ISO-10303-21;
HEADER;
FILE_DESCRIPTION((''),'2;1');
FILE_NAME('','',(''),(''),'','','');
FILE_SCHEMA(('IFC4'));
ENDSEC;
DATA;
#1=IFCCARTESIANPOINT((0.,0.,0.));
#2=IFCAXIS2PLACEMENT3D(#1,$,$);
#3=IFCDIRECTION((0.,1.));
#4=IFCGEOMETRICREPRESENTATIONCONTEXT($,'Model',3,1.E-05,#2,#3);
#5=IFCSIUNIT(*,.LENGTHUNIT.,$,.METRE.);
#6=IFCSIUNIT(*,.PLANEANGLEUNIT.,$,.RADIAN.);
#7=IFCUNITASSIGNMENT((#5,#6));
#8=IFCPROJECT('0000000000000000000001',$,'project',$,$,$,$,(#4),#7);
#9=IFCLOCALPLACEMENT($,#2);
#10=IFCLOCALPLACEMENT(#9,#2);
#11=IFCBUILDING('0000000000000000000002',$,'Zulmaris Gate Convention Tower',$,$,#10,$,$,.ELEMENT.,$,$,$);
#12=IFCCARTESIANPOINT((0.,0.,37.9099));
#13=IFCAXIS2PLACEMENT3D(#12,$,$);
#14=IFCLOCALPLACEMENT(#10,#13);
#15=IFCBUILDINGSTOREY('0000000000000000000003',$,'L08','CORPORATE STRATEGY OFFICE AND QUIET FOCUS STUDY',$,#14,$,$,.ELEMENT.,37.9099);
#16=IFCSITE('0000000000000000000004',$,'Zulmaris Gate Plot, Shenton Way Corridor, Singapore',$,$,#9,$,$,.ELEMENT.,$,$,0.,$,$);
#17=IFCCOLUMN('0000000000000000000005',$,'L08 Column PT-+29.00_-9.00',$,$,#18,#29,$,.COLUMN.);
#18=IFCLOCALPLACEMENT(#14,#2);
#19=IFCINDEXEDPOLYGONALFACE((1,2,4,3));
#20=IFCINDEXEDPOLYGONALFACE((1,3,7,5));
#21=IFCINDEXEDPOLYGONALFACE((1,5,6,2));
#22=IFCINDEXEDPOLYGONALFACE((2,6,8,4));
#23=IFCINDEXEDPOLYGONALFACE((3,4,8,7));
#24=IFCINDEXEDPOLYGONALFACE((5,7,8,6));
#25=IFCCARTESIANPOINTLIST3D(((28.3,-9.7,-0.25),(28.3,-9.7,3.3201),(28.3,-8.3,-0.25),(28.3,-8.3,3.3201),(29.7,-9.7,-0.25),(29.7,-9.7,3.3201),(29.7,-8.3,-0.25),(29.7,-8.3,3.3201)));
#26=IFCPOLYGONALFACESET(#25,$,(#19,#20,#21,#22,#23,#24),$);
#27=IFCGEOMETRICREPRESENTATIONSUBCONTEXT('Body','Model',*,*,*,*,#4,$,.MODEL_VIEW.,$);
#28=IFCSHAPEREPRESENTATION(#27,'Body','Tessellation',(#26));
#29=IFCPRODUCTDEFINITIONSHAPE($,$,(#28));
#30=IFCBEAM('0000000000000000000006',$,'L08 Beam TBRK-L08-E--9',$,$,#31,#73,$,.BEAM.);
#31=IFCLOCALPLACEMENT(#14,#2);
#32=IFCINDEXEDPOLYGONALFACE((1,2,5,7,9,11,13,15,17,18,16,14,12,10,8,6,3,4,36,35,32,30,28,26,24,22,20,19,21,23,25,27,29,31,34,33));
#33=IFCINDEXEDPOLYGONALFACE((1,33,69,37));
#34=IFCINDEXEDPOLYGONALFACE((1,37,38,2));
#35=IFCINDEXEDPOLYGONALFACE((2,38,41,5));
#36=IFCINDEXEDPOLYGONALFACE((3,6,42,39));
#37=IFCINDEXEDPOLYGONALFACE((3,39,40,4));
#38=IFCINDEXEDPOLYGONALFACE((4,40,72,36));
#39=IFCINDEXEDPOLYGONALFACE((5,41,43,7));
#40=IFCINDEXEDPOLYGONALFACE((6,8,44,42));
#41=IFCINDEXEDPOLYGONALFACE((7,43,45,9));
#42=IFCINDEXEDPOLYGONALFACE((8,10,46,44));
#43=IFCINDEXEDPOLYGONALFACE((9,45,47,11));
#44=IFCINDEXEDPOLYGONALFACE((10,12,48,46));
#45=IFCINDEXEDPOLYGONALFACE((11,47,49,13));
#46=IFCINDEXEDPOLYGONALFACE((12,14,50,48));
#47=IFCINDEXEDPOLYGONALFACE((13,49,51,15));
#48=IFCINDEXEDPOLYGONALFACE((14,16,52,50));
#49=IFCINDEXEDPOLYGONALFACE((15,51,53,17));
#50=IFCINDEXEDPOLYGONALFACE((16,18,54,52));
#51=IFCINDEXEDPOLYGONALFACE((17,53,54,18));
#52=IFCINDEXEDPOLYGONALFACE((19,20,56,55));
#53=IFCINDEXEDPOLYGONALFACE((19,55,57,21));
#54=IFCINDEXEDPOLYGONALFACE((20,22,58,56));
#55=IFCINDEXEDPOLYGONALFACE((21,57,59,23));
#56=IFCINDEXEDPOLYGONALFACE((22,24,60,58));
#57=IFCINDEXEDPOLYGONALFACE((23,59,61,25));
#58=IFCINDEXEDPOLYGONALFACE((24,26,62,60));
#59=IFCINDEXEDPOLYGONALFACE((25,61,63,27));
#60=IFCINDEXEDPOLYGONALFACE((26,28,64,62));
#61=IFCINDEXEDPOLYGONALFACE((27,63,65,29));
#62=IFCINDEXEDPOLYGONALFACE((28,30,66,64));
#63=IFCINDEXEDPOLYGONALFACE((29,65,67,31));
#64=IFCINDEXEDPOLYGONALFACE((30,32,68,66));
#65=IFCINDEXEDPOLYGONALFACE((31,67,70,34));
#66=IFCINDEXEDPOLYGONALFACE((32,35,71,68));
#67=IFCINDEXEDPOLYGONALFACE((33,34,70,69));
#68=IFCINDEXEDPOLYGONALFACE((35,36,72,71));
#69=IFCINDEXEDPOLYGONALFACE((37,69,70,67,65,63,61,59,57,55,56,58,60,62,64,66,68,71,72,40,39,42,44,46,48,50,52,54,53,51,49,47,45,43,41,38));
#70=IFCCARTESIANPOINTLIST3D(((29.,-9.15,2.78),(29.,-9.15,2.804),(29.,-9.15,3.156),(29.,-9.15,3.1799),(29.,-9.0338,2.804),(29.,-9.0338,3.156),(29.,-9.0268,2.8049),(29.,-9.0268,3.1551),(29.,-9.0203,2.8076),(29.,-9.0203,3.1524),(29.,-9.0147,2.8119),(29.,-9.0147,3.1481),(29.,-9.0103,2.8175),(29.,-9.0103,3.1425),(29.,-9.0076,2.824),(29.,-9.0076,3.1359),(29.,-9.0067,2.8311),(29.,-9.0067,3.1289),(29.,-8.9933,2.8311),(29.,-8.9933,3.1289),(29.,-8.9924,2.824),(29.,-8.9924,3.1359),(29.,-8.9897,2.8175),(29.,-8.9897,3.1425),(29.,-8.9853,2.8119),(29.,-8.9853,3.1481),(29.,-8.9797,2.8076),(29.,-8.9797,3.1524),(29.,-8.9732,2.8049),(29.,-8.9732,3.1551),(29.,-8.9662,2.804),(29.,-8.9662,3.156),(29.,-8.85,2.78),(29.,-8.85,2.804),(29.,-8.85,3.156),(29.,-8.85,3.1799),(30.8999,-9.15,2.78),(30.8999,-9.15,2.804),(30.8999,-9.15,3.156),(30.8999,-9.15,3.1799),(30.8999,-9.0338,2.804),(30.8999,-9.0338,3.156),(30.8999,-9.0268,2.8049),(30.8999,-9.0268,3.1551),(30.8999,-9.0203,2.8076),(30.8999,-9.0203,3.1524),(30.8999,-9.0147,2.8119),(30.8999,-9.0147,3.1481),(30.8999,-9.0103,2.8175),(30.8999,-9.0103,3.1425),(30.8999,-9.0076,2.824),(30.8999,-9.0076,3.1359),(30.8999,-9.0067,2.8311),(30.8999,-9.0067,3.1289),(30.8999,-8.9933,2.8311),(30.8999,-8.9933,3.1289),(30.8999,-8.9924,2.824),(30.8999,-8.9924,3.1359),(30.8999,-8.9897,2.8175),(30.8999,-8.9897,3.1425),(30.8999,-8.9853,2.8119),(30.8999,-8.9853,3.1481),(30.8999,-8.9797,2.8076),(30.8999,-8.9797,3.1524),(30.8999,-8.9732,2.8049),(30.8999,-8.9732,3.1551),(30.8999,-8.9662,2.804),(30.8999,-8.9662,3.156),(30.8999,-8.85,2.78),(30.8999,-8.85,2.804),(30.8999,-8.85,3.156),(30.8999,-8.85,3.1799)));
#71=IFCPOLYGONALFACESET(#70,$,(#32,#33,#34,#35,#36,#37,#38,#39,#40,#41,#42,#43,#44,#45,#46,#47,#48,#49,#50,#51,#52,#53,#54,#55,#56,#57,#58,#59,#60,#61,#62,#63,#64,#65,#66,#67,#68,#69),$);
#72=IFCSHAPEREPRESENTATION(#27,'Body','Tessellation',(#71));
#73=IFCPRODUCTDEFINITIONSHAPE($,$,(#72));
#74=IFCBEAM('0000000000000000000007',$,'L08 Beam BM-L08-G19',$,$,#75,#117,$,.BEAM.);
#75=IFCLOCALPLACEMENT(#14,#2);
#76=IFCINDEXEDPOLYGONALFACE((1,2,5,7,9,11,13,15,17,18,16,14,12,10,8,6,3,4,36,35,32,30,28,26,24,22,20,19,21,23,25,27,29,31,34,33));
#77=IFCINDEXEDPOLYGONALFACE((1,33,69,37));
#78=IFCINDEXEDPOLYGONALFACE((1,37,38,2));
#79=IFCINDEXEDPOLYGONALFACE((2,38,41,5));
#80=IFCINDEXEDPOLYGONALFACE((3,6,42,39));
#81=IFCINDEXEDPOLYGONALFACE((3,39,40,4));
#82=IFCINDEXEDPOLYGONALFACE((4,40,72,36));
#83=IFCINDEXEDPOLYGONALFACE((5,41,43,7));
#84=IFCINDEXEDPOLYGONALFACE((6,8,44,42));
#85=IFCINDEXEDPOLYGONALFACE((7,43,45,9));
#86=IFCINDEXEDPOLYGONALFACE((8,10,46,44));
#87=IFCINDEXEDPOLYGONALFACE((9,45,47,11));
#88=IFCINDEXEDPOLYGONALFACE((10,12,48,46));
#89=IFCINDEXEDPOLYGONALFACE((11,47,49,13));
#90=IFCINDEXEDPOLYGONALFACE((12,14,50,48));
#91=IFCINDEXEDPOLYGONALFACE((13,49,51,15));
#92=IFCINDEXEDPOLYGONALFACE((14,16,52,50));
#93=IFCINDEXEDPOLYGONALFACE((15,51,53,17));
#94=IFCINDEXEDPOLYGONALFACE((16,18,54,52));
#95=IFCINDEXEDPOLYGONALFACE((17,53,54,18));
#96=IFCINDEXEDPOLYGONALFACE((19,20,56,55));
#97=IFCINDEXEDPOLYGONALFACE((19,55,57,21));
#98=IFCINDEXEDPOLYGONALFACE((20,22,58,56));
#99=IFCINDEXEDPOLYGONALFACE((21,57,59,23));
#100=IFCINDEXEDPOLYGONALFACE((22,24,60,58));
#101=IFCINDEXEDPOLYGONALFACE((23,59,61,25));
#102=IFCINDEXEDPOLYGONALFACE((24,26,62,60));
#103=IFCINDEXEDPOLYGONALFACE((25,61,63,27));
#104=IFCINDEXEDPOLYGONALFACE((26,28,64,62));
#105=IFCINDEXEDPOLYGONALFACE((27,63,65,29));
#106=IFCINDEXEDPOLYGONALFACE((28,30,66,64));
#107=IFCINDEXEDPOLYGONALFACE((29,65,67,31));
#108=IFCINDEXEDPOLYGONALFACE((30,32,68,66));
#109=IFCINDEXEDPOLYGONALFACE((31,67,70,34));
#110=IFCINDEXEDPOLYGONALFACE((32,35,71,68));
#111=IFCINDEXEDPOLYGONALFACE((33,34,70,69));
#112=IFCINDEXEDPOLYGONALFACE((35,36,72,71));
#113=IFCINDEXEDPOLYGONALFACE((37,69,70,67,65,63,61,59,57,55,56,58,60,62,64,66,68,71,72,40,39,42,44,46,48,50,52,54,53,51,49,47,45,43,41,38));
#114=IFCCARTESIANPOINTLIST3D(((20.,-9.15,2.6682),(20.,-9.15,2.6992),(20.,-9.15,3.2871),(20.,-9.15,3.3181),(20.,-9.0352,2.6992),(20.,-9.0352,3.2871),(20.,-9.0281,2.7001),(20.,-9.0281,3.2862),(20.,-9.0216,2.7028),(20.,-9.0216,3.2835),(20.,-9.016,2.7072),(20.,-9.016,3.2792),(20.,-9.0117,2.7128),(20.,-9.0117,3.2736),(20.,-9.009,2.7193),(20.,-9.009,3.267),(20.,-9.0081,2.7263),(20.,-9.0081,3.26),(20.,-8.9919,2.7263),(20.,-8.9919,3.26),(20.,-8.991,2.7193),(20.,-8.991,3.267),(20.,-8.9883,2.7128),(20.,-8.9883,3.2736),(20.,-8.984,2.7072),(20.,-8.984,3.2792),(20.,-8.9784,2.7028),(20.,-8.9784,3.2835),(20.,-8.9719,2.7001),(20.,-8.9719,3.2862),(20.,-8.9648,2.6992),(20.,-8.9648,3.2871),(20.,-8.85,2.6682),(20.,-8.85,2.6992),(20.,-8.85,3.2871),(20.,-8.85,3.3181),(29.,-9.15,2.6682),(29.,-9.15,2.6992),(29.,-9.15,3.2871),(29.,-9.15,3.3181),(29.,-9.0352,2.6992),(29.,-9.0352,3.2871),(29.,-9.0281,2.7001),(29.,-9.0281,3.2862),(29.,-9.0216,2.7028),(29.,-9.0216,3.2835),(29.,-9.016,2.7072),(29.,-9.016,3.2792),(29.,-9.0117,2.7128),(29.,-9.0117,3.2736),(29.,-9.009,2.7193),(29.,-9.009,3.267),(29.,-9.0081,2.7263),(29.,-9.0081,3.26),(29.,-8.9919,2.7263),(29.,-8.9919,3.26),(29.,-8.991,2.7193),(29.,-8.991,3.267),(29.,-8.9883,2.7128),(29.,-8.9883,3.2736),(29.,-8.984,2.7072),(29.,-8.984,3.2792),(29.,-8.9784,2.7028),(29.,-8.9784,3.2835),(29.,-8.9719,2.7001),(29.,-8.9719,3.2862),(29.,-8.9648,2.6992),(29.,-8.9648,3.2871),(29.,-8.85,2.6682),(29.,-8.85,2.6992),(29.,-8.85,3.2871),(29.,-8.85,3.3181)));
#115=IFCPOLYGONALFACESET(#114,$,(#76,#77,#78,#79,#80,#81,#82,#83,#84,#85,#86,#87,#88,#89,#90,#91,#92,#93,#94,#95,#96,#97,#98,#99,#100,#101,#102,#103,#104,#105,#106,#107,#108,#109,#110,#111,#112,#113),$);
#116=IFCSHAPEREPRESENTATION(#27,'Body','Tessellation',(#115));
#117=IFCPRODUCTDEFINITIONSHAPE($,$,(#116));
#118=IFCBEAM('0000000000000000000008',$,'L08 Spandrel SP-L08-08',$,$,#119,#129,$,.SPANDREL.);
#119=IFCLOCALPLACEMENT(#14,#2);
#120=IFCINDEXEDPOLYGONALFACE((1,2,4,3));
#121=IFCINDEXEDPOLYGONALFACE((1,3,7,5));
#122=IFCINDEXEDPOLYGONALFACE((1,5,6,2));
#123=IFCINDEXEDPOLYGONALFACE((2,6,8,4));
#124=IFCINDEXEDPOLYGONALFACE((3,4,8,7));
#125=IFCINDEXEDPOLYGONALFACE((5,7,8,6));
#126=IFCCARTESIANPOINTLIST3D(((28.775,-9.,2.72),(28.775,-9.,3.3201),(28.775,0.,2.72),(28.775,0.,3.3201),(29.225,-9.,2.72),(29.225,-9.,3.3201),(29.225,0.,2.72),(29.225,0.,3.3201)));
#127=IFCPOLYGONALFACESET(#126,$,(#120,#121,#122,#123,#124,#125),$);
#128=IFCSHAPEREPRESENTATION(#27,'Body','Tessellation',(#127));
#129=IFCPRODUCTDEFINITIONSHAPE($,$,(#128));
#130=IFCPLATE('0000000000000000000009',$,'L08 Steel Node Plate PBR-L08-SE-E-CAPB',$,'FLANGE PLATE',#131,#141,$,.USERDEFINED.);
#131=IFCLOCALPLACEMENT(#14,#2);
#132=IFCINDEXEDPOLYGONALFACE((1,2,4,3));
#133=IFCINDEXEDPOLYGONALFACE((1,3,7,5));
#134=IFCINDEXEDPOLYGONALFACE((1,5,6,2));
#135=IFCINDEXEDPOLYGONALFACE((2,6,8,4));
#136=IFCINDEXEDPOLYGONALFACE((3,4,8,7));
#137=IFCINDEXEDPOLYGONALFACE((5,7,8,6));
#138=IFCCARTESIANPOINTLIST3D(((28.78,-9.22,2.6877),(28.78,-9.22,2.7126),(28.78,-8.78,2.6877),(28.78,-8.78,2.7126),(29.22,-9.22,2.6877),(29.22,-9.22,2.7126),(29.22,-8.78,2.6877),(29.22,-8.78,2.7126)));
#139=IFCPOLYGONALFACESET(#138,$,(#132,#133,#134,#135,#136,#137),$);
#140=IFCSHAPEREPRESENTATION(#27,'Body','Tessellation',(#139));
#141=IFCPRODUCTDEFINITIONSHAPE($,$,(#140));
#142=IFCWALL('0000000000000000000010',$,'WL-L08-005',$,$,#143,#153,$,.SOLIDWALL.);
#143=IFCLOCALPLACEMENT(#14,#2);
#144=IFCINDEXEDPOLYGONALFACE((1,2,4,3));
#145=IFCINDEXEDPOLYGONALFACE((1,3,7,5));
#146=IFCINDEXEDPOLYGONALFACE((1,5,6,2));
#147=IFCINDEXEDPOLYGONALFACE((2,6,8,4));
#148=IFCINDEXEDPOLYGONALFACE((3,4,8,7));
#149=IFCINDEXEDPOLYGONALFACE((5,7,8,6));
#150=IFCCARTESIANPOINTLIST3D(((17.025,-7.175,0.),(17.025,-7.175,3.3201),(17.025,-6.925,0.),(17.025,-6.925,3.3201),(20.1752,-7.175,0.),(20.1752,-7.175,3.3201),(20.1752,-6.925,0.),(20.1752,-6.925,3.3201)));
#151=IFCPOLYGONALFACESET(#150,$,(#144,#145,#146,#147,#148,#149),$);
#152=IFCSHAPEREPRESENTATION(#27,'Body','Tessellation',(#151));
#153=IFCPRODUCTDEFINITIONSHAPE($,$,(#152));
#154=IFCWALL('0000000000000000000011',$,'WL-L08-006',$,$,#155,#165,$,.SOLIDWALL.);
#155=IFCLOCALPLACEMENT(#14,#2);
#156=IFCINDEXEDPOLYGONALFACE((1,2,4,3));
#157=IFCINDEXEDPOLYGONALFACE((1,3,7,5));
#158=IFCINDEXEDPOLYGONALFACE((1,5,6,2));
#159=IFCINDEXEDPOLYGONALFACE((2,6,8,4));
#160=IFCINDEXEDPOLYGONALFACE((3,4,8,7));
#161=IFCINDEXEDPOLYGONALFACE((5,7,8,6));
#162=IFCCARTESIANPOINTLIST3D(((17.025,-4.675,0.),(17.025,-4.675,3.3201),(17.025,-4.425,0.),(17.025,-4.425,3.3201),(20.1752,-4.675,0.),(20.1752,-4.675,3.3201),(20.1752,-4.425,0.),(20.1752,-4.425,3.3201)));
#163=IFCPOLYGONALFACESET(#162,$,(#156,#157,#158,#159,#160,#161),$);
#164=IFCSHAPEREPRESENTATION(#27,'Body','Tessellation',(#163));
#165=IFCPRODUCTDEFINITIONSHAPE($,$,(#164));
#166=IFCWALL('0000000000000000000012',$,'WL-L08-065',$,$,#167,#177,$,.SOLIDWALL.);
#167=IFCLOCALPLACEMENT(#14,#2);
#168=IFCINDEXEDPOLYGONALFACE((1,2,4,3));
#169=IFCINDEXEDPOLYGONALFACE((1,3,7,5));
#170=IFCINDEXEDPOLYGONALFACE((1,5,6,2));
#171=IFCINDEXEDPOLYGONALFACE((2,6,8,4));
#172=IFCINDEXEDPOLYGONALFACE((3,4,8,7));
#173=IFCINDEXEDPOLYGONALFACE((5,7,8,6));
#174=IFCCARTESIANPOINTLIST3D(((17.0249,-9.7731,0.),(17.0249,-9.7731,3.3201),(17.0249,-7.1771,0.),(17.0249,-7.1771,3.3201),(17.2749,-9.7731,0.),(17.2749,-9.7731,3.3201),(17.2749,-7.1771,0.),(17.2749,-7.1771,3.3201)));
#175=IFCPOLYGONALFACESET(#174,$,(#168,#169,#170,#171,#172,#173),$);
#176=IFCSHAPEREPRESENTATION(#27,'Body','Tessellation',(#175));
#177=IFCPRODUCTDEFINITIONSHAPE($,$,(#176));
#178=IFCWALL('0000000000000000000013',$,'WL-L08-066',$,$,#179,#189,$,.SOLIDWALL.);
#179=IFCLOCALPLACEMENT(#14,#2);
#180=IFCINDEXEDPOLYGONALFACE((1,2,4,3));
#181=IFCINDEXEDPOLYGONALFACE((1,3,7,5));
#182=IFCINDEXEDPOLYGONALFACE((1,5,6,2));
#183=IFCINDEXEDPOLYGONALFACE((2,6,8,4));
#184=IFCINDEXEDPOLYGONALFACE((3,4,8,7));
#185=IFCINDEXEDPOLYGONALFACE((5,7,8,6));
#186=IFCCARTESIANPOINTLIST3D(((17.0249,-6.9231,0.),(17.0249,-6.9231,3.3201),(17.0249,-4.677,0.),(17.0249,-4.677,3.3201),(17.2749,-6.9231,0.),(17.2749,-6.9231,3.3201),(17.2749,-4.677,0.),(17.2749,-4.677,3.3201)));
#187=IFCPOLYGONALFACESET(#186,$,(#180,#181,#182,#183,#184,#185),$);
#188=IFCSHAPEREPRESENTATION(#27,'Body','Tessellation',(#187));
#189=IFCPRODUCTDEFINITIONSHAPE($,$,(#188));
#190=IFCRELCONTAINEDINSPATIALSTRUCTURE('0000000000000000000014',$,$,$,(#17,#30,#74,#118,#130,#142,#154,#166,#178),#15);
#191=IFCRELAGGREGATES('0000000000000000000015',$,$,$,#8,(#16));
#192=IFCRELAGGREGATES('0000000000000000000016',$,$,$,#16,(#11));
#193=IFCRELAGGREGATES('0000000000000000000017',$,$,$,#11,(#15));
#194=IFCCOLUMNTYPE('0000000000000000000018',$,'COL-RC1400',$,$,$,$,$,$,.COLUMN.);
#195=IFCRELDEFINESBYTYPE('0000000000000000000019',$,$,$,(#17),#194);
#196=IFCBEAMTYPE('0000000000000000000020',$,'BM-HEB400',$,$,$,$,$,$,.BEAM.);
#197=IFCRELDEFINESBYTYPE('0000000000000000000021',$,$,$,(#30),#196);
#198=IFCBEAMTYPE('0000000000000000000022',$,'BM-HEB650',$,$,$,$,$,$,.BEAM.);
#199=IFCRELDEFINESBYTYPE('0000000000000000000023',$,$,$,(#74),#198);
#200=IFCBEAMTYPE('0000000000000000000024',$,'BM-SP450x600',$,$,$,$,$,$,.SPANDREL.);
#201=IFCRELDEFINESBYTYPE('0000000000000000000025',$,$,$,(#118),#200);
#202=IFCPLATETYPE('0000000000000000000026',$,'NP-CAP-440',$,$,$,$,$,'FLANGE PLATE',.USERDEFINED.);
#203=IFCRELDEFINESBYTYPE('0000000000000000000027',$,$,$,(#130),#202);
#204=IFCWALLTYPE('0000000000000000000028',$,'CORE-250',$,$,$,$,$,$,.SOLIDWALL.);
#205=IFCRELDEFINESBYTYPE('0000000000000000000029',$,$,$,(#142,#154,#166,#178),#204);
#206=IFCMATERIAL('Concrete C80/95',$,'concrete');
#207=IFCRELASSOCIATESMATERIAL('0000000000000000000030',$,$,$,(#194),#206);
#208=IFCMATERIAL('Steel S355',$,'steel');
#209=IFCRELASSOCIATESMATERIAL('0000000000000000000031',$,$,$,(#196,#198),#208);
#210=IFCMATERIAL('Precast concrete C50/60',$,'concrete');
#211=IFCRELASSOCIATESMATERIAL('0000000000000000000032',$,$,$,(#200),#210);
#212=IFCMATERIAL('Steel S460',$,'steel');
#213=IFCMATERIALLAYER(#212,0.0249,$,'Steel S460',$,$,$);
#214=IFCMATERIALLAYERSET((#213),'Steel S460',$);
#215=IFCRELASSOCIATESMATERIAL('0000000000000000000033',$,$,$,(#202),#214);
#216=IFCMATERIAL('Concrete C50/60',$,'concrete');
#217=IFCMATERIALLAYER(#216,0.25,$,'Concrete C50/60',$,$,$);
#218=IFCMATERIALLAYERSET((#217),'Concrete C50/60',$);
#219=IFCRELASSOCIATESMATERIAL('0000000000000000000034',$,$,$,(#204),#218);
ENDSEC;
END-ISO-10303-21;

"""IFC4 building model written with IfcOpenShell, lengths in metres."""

from ifc_helpers import new_model, si_unit, direction, frame, frame_2d, origin, origin_2d, place, context, subcontext, project, spatial, rectangle, i_section, extrude, material, layer, layer_set, material_profile, profile_set, type_object, element, save


model = new_model("IFC4")

# Units and contexts
model_context = context("Model", 3, precision=1e-05, world=origin(), true_north=direction((0.0, 1.0)))
body_context = subcontext(model_context, "Body", "Model", "MODEL_VIEW")
ifc_project = project(units=[si_unit("LENGTHUNIT", "METRE"), si_unit("PLANEANGLEUNIT", "RADIAN")], contexts=[model_context])

# Site, building, storey
site_placement = place(None, origin())
site = spatial("IfcSite", under=ifc_project, at=site_placement, Name="Zulmaris Gate Plot, Shenton Way Corridor, Singapore", CompositionType="ELEMENT", RefElevation=0.0)
building_placement = place(site_placement, origin())
building = spatial("IfcBuilding", under=site, at=building_placement, Name="Zulmaris Gate Convention Tower", CompositionType="ELEMENT")
storey_placement = place(building_placement, frame((0.0, 0.0, 37.9099)))
storey = spatial("IfcBuildingStorey", under=building, at=storey_placement, Name="L08", Description="CORPORATE STRATEGY OFFICE AND QUIET FOCUS STUDY", CompositionType="ELEMENT", Elevation=37.9099)

# Column
ifc_material_1 = material(Name="Concrete C80/95", Category="concrete")
ifc_material_profile_1 = material_profile(ifc_material_1, rectangle(XDim=1.3999, YDim=1.3999, at=origin_2d()), Name="RC COL 1400x1400")
ifc_profile_set_1 = profile_set([ifc_material_profile_1], Name="Concrete C80/95")
column_type = type_object("IfcColumnType", Name="COL-RC1400", PredefinedType="COLUMN", material=ifc_profile_set_1)
column_placement = place(storey_placement, frame((29.0, -9.0, -0.25), z_axis=(0.0, 0.0, 1.0), x_axis=(1.0, 0.0, 0.0)))
element("IfcColumn", 1, at=column_placement, inside=storey, type_object=column_type, Name="L08 Column PT-+29.00_-9.00", PredefinedType="COLUMN", context=body_context, shape_type="SweptSolid", body=[
    extrude(rectangle(XDim=1.3999, YDim=1.3999, at=origin_2d()), origin(), (0.0, 0.0, 1.0), 3.5701),
])

# Beams
ifc_material_2 = material(Name="Steel S355", Category="steel")
ifc_material_profile_2 = material_profile(ifc_material_2, i_section(OverallWidth=0.3, OverallDepth=0.3999, WebThickness=0.0134, FlangeThickness=0.0239, FilletRadius=0.0271, at=origin_2d()), Name="HEB 400")
ifc_profile_set_2 = profile_set([ifc_material_profile_2], Name="Steel S355")
beam_type_1 = type_object("IfcBeamType", Name="BM-HEB400", PredefinedType="BEAM", material=ifc_profile_set_2)
beam_1_placement = place(storey_placement, frame((29.0, -9.0, 2.98), z_axis=(1.0, 0.0, 0.0), x_axis=(0.0, 1.0, 0.0)))
element("IfcBeam", 2, at=beam_1_placement, inside=storey, type_object=beam_type_1, Name="L08 Beam TBRK-L08-E--9", PredefinedType="BEAM", context=body_context, shape_type="SweptSolid", body=[
    extrude(i_section(OverallWidth=0.3, OverallDepth=0.3999, WebThickness=0.0134, FlangeThickness=0.0239, FilletRadius=0.0271, at=origin_2d()), origin(), (0.0, 0.0, 1.0), 1.8999),
])
ifc_material_profile_3 = material_profile(ifc_material_2, i_section(OverallWidth=0.3, OverallDepth=0.6499, WebThickness=0.0161, FlangeThickness=0.031, FilletRadius=0.0271, at=origin_2d()), Name="HEB 650")
ifc_profile_set_3 = profile_set([ifc_material_profile_3], Name="Steel S355")
beam_type_2 = type_object("IfcBeamType", Name="BM-HEB650", PredefinedType="BEAM", material=ifc_profile_set_3)
beam_2_placement = place(storey_placement, frame((20.0, -9.0, 2.9932), z_axis=(1.0, 0.0, 0.0), x_axis=(0.0, 1.0, 0.0)))
element("IfcBeam", 3, at=beam_2_placement, inside=storey, type_object=beam_type_2, Name="L08 Beam BM-L08-G19", PredefinedType="BEAM", context=body_context, shape_type="SweptSolid", body=[
    extrude(i_section(OverallWidth=0.3, OverallDepth=0.6499, WebThickness=0.0161, FlangeThickness=0.031, FilletRadius=0.0271, at=origin_2d()), origin(), (0.0, 0.0, 1.0), 9.0),
])
ifc_material_3 = material(Name="Precast concrete C50/60", Category="concrete")
ifc_material_profile_4 = material_profile(ifc_material_3, rectangle(XDim=0.45, YDim=0.6001, at=origin_2d()), Name="RC SPANDREL 450x600")
ifc_profile_set_4 = profile_set([ifc_material_profile_4], Name="Precast concrete C50/60")
beam_type_3 = type_object("IfcBeamType", Name="BM-SP450x600", PredefinedType="SPANDREL", material=ifc_profile_set_4)
beam_3_placement = place(storey_placement, frame((29.0, -9.0, 3.02), z_axis=(0.0, 1.0, 0.0), x_axis=(-1.0, 0.0, 0.0)))
element("IfcBeam", 4, at=beam_3_placement, inside=storey, type_object=beam_type_3, Name="L08 Spandrel SP-L08-08", PredefinedType="SPANDREL", context=body_context, shape_type="SweptSolid", body=[
    extrude(rectangle(XDim=0.45, YDim=0.6001, at=origin_2d()), origin(), (0.0, 0.0, 1.0), 9.0),
])

# Plate
ifc_material_4 = material(Name="Steel S460", Category="steel")
ifc_layer_1 = layer(ifc_material_4, 0.0249, Name="Steel S460")
ifc_layer_set_1 = layer_set([ifc_layer_1], Name="Steel S460")
plate_type = type_object("IfcPlateType", Name="NP-CAP-440", ElementType="FLANGE PLATE", PredefinedType="USERDEFINED", material=ifc_layer_set_1)
plate_placement = place(storey_placement, frame((29.0, -9.0, 2.6877), z_axis=(0.0, 0.0, 1.0), x_axis=(1.0, 0.0, 0.0)))
element("IfcPlate", 5, at=plate_placement, inside=storey, type_object=plate_type, Name="L08 Steel Node Plate PBR-L08-SE-E-CAPB", ObjectType="FLANGE PLATE", PredefinedType="USERDEFINED", context=body_context, shape_type="SweptSolid", body=[
    extrude(rectangle(XDim=0.4399, YDim=0.4399, at=origin_2d()), origin(), (0.0, 0.0, 1.0), 0.0249),
])

# Walls
ifc_material_5 = material(Name="Concrete C50/60", Category="concrete")
ifc_layer_2 = layer(ifc_material_5, 0.25, Name="Concrete C50/60")
ifc_layer_set_2 = layer_set([ifc_layer_2], Name="Concrete C50/60")
wall_type_1 = type_object("IfcWallType", Name="CORE-250", PredefinedType="SOLIDWALL", material=ifc_layer_set_2)
for number, where, z_axis, x_axis, name in (
    (6, (17.0249, -7.05, 0.0), (0.0, 0.0, 1.0), (1.0, 0.0, 0.0), "WL-L08-005"),
    (7, (17.0249, -4.55, 0.0), (0.0, 0.0, 1.0), (1.0, 0.0, 0.0), "WL-L08-006"),
):
    element("IfcWall", number, at=place(storey_placement, frame(where, z_axis=z_axis, x_axis=x_axis)), inside=storey, type_object=wall_type_1, Name=name, PredefinedType="SOLIDWALL", context=body_context, shape_type="SweptSolid", body=[
        extrude(rectangle(XDim=3.1501, YDim=0.25, at=frame_2d((1.5752, 0.0))), origin(), (0.0, 0.0, 1.0), 3.3201),
    ])
wall_1_placement = place(storey_placement, frame((17.1499, -9.7729, 0.0), z_axis=(0.0, 0.0, 1.0), x_axis=(0.0, 1.0, 0.0)))
element("IfcWall", 8, at=wall_1_placement, inside=storey, type_object=wall_type_1, Name="WL-L08-065", PredefinedType="SOLIDWALL", context=body_context, shape_type="SweptSolid", body=[
    extrude(rectangle(XDim=2.5959, YDim=0.25, at=frame_2d((1.2979, 0.0))), origin(), (0.0, 0.0, 1.0), 3.3201),
])
wall_2_placement = place(storey_placement, frame((17.1499, -6.9231, 0.0), z_axis=(0.0, 0.0, 1.0), x_axis=(0.0, 1.0, 0.0)))
element("IfcWall", 9, at=wall_2_placement, inside=storey, type_object=wall_type_1, Name="WL-L08-066", PredefinedType="SOLIDWALL", context=body_context, shape_type="SweptSolid", body=[
    extrude(rectangle(XDim=2.2461, YDim=0.25, at=frame_2d((1.123, 0.0))), origin(), (0.0, 0.0, 1.0), 3.3201),
])

save(model, "model.ifc")
